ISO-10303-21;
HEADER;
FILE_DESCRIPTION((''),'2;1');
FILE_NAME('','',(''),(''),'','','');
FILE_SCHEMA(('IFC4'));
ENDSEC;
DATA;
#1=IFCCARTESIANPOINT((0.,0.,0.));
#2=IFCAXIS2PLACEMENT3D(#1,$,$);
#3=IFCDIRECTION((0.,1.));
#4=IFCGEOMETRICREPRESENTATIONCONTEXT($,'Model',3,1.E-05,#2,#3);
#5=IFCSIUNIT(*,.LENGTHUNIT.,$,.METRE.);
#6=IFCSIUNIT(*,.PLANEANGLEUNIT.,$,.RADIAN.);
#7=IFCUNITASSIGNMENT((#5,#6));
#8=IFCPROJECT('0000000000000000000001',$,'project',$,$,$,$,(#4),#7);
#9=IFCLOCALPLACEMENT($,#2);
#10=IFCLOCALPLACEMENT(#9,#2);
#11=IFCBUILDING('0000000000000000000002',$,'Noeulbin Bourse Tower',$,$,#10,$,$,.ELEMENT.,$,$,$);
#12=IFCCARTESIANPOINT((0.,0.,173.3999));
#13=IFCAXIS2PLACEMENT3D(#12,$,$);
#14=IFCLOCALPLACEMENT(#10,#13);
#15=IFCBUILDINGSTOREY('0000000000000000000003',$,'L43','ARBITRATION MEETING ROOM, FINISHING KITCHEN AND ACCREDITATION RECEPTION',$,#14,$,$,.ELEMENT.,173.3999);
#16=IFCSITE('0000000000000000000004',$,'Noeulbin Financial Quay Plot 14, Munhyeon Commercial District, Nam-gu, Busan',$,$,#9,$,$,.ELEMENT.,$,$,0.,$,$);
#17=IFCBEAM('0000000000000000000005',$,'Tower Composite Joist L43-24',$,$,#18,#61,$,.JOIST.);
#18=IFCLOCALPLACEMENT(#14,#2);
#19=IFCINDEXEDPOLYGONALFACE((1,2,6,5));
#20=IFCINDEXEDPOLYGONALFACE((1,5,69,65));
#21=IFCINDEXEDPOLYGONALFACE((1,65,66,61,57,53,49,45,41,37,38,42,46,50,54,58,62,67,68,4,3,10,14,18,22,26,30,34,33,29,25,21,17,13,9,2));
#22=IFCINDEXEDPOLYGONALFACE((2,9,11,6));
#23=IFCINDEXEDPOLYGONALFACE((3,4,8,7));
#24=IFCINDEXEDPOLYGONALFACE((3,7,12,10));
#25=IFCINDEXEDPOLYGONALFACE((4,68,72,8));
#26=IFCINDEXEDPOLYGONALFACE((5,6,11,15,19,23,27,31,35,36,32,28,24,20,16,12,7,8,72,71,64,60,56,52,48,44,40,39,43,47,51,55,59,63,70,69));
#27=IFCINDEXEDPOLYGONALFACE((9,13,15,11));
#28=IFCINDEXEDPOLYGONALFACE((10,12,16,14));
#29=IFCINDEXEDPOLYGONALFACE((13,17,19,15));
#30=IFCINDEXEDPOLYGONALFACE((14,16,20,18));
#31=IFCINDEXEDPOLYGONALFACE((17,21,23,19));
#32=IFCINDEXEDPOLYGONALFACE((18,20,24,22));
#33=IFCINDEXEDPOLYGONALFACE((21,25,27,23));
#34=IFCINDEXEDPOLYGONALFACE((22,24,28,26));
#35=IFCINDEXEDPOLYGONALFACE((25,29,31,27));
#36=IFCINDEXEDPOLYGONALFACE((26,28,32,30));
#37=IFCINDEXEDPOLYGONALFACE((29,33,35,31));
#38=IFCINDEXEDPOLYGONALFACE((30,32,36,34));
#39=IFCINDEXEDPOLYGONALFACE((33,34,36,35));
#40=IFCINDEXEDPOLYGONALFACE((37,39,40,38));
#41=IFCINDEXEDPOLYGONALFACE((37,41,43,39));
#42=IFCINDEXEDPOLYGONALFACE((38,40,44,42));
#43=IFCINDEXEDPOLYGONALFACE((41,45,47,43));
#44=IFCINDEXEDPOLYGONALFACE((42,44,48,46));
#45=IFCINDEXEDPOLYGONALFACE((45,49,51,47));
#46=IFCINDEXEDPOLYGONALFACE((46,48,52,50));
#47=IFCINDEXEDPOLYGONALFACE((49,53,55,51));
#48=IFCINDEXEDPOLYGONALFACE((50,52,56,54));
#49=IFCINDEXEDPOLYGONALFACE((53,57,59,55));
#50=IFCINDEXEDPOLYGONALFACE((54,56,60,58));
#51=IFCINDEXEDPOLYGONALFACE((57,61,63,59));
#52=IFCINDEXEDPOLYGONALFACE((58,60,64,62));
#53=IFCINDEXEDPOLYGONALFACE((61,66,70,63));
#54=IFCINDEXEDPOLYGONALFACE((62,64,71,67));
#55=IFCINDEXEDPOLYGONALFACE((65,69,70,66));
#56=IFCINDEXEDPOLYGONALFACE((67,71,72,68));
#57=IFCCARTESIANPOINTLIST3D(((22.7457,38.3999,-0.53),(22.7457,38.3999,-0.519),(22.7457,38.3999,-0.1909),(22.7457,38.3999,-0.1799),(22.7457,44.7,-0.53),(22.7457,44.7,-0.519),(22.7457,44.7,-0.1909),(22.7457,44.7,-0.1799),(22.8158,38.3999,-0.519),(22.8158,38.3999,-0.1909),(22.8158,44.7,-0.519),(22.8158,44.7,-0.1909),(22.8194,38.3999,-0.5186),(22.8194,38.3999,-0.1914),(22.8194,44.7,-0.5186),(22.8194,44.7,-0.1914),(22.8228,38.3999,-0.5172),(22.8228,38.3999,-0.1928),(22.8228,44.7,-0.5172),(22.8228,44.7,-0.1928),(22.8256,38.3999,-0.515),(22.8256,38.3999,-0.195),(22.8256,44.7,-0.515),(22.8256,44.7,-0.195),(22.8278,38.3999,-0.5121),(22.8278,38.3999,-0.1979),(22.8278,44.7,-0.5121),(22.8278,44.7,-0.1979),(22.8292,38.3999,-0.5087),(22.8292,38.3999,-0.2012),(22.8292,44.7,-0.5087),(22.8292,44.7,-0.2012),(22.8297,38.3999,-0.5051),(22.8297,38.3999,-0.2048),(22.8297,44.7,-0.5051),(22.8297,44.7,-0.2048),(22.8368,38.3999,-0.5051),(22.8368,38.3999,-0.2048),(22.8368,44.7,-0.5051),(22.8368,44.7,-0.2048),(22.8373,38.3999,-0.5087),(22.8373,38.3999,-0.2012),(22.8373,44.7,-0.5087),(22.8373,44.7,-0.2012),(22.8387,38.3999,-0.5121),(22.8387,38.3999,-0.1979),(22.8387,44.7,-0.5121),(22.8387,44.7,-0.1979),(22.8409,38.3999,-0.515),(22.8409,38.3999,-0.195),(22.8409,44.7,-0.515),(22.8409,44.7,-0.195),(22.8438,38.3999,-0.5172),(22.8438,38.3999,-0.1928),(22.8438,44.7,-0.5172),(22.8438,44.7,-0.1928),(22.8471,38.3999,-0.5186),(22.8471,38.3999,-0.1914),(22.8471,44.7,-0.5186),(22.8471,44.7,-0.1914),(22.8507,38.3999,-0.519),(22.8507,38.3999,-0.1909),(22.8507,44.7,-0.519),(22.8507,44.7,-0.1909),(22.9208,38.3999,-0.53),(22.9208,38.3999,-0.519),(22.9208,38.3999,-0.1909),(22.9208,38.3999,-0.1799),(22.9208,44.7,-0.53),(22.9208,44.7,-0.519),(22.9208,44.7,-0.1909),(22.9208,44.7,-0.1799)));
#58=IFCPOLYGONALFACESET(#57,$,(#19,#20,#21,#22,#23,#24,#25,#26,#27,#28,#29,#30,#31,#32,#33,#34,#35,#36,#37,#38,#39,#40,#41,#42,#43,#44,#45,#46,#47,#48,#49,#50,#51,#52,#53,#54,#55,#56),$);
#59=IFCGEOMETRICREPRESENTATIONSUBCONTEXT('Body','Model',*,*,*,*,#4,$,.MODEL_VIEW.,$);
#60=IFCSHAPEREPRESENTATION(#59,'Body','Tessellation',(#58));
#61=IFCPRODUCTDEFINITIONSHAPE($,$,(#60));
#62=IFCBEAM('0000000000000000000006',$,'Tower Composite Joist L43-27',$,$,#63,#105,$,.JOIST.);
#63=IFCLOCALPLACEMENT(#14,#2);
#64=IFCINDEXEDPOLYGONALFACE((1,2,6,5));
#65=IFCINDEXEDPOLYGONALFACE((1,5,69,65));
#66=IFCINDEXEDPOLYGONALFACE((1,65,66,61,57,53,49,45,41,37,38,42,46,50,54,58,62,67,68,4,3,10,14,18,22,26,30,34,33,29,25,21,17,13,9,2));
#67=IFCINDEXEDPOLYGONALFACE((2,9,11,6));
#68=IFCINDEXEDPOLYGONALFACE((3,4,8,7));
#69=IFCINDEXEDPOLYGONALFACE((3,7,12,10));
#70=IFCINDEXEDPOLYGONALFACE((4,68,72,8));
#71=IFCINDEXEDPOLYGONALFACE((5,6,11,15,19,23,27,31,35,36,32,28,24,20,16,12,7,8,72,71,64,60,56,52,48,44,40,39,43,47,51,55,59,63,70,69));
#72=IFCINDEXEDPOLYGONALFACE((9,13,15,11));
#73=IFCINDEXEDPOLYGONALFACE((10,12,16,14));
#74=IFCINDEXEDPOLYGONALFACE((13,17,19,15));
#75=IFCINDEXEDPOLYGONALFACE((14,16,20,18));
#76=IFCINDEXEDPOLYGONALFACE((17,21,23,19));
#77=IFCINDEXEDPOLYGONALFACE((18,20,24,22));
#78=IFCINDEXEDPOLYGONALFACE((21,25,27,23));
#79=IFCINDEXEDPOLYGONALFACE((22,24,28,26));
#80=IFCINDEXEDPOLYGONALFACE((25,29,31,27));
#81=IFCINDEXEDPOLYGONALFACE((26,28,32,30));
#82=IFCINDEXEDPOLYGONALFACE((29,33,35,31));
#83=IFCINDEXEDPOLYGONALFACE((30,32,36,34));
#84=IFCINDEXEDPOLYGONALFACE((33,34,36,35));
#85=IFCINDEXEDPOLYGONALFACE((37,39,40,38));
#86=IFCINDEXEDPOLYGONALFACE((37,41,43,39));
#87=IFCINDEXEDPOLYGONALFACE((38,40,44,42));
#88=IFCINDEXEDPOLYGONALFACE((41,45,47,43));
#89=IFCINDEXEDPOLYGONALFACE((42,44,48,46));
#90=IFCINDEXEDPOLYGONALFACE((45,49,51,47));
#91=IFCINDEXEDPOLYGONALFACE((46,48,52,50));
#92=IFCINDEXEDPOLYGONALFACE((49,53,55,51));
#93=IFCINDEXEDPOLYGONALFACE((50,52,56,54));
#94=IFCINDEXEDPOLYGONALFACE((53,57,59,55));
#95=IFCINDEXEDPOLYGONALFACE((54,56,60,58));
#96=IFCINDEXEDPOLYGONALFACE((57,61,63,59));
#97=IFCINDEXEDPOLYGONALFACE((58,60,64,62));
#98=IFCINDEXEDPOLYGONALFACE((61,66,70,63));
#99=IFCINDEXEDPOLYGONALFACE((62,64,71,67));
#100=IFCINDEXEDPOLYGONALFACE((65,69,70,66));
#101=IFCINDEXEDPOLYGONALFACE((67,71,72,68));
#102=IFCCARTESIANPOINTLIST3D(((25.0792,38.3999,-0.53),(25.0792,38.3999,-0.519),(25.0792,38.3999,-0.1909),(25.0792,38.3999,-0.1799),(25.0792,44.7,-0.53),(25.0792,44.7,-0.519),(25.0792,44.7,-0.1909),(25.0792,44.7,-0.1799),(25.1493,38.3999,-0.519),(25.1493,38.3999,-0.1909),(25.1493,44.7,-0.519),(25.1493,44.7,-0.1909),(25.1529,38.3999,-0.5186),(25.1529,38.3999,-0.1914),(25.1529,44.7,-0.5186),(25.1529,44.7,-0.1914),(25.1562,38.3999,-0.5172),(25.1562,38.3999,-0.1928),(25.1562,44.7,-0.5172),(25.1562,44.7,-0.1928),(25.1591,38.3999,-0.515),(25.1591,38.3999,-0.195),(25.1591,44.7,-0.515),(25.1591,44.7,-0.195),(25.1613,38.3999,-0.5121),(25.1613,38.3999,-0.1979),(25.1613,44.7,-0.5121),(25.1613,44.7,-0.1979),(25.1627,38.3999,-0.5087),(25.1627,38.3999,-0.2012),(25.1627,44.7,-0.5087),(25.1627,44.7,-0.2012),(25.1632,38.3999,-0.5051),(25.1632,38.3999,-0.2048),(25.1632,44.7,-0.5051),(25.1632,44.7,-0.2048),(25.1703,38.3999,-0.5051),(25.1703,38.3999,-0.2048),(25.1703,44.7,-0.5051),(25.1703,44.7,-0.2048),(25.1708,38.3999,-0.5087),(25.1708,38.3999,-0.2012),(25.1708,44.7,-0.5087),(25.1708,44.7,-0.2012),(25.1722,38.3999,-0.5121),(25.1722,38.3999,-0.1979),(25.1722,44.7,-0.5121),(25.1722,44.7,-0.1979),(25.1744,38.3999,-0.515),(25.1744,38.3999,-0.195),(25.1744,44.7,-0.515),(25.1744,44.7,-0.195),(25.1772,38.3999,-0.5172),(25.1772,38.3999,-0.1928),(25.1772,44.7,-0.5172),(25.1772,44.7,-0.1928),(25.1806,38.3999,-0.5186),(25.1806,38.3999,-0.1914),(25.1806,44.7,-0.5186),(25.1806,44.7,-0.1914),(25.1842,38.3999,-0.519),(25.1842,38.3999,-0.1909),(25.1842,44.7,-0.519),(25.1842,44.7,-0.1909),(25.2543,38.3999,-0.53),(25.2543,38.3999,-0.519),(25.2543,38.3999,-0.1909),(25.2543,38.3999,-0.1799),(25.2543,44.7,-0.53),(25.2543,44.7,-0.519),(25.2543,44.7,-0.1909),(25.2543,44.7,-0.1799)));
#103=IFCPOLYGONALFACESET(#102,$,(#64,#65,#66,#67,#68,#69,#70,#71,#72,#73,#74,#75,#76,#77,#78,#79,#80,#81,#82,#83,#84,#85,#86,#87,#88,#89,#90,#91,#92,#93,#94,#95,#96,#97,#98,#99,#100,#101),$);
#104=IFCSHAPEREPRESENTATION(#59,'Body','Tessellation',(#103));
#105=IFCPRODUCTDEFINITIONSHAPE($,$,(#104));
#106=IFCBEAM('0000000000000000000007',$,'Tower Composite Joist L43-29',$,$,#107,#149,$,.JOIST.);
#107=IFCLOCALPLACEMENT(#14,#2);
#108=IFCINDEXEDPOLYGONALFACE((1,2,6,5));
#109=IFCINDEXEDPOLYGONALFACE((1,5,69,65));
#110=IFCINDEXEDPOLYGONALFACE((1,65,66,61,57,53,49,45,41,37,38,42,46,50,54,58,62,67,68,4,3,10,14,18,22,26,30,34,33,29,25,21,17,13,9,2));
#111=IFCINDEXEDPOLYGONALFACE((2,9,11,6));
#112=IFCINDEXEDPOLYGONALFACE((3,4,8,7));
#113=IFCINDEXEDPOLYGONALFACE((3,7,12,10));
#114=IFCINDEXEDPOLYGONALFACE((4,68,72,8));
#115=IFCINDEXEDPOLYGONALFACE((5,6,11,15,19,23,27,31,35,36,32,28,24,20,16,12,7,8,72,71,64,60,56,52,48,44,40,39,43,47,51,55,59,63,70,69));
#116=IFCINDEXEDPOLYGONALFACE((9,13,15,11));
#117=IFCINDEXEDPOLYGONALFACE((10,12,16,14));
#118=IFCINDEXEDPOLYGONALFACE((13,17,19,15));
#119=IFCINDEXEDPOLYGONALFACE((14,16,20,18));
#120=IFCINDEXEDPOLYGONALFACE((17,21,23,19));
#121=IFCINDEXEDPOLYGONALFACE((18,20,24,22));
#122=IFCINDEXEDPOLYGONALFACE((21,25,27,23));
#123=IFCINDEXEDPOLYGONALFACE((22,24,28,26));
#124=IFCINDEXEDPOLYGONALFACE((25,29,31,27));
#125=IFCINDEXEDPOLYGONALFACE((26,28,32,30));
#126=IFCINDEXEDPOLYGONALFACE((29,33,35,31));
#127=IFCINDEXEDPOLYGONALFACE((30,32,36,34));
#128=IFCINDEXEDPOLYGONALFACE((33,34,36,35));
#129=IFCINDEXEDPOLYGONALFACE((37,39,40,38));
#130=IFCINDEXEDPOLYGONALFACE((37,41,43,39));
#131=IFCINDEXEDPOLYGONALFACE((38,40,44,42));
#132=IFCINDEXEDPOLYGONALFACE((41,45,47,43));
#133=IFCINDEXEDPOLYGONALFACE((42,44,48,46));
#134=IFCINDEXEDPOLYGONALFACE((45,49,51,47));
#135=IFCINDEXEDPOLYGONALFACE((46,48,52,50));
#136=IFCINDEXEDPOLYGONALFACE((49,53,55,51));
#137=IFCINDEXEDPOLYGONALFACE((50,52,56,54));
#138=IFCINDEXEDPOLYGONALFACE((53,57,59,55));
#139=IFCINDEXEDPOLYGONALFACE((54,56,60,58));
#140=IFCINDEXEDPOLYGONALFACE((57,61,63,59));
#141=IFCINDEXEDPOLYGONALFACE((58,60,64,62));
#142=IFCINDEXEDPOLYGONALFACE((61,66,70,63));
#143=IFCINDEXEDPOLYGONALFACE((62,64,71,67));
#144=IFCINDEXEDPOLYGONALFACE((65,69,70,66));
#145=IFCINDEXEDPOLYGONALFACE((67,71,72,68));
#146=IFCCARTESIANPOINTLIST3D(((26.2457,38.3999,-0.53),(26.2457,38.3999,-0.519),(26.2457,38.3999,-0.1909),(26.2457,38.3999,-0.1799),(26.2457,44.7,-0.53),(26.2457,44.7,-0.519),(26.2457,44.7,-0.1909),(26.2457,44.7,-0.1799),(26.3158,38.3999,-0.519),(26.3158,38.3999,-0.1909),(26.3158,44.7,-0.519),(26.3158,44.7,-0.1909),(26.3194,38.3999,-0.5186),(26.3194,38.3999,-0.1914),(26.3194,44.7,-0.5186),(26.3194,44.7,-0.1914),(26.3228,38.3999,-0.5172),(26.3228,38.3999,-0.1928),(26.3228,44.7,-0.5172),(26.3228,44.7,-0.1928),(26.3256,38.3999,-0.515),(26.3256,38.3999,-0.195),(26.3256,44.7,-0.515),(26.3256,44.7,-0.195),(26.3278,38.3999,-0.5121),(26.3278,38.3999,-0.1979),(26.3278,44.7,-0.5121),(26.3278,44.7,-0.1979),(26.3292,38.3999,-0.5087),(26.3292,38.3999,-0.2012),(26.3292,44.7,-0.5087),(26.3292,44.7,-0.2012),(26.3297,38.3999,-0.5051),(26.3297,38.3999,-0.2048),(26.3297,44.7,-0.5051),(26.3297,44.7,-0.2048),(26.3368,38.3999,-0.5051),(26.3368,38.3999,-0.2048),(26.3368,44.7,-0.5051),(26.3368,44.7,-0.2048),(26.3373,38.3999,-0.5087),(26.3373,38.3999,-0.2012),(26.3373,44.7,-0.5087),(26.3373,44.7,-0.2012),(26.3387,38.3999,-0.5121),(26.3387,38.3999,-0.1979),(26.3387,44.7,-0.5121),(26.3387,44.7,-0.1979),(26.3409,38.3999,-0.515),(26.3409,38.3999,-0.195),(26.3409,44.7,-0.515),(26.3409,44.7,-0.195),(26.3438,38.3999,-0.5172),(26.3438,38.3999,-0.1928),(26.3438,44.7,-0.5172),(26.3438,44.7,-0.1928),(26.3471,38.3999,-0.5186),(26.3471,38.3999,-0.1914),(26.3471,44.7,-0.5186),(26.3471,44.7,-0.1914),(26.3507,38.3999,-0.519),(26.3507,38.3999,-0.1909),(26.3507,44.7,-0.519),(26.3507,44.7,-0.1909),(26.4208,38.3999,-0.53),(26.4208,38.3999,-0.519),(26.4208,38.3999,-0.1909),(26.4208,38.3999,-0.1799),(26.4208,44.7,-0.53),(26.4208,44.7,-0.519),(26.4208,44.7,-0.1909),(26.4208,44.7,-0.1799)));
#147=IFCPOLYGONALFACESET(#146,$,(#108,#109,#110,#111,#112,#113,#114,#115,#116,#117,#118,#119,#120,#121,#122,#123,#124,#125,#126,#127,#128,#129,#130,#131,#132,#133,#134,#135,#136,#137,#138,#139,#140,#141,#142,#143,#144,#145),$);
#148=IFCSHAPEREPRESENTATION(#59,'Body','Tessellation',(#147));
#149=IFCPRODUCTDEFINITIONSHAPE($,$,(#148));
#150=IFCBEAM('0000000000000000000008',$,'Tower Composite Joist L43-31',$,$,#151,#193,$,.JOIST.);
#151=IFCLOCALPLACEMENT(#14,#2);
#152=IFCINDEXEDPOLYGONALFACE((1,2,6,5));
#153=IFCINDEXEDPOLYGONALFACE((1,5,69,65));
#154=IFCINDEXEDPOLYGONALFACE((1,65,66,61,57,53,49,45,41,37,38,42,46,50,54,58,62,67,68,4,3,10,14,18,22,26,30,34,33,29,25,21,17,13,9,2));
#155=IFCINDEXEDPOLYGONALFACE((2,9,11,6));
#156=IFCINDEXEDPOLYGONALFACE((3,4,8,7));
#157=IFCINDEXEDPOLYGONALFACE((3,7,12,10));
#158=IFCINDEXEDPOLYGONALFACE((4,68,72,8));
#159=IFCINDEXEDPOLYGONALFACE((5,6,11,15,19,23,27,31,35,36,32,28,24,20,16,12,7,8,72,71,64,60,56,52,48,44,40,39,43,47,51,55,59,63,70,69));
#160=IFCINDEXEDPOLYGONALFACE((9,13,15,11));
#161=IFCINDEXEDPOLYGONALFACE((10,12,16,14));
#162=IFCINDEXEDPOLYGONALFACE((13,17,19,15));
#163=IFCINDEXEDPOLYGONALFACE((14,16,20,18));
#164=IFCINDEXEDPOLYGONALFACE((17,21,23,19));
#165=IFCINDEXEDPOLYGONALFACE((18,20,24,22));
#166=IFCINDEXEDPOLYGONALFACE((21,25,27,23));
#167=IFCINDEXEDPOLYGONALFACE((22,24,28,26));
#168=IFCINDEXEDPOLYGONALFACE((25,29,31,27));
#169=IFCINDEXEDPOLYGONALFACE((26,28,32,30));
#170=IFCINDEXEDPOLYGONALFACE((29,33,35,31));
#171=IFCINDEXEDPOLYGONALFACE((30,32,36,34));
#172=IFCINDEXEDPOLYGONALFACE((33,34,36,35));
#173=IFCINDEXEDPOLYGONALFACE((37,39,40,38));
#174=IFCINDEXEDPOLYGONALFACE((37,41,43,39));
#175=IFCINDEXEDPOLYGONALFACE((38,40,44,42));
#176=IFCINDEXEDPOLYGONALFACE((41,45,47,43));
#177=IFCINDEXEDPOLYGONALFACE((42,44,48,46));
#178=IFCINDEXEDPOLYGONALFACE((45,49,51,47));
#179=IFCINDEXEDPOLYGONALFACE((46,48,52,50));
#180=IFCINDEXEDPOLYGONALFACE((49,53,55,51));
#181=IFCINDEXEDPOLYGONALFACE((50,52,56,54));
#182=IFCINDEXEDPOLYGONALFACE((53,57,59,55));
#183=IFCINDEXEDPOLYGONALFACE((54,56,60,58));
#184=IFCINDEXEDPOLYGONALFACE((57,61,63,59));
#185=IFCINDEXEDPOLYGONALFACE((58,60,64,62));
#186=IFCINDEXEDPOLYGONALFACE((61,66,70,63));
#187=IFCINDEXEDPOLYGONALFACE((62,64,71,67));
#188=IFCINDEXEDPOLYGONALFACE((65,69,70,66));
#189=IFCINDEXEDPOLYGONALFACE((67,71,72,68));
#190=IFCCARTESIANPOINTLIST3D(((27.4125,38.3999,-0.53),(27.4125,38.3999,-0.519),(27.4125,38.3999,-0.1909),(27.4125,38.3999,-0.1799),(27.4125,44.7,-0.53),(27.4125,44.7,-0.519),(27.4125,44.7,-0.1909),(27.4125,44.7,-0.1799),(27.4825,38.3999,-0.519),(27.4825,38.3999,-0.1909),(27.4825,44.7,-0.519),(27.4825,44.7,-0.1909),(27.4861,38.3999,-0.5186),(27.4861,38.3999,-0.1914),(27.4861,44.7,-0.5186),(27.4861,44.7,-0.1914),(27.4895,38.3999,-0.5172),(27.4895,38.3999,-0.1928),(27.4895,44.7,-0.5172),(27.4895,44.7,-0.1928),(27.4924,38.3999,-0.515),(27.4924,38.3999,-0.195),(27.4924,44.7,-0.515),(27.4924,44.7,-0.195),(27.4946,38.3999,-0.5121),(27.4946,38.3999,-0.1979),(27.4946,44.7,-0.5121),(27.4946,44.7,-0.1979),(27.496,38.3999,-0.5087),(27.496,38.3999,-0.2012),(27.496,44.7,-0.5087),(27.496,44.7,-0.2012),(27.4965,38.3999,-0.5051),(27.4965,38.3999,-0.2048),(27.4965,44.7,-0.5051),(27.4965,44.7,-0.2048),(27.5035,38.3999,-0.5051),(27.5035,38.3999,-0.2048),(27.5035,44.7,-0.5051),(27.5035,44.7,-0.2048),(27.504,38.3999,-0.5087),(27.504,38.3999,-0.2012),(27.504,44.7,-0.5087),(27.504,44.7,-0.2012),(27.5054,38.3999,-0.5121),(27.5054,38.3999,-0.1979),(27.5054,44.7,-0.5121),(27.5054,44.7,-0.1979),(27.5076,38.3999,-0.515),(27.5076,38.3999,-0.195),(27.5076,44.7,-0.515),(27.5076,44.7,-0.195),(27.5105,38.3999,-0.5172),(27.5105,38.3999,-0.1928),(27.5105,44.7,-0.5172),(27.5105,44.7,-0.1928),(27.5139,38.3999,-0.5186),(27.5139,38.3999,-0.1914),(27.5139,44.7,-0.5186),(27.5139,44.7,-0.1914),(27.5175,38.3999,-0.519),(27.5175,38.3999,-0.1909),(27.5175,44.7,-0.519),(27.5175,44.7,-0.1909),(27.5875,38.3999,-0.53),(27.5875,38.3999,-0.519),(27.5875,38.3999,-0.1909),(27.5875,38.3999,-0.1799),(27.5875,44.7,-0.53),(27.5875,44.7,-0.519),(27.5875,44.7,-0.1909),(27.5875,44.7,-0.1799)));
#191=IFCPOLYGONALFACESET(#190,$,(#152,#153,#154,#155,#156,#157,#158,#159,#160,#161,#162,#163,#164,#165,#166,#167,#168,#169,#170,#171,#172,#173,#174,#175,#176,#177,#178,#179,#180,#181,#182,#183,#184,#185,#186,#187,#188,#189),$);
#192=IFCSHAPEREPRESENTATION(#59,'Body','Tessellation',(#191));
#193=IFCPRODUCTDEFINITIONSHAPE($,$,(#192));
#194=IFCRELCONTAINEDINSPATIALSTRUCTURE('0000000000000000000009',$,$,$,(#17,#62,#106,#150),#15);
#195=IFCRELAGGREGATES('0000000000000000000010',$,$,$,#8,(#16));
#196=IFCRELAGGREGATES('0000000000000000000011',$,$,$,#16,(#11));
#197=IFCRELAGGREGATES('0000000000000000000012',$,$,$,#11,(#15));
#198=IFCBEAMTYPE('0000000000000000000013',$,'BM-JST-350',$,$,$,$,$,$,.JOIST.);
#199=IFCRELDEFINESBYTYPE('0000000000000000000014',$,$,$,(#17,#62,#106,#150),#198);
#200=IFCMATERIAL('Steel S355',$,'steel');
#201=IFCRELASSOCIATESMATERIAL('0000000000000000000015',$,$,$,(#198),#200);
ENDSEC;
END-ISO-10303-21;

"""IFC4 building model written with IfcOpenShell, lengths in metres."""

from ifc_helpers import new_model, si_unit, direction, frame, origin, origin_2d, place, context, subcontext, project, spatial, i_section, extrude, material, material_profile, profile_set, type_object, element, save


model = new_model("IFC4")

# Units and contexts
model_context = context("Model", 3, precision=1e-05, world=origin(), true_north=direction((0.0, 1.0)))
body_context = subcontext(model_context, "Body", "Model", "MODEL_VIEW")
ifc_project = project(units=[si_unit("LENGTHUNIT", "METRE"), si_unit("PLANEANGLEUNIT", "RADIAN")], contexts=[model_context])

# Site, building, storey
site_placement = place(None, origin())
site = spatial("IfcSite", under=ifc_project, at=site_placement, Name="Noeulbin Financial Quay Plot 14, Munhyeon Commercial District, Nam-gu, Busan", CompositionType="ELEMENT", RefElevation=0.0)
building_placement = place(site_placement, origin())
building = spatial("IfcBuilding", under=site, at=building_placement, Name="Noeulbin Bourse Tower", CompositionType="ELEMENT")
storey_placement = place(building_placement, frame((0.0, 0.0, 173.3999)))
storey = spatial("IfcBuildingStorey", under=building, at=storey_placement, Name="L43", Description="ARBITRATION MEETING ROOM, FINISHING KITCHEN AND ACCREDITATION RECEPTION", CompositionType="ELEMENT", Elevation=173.3999)

# Shared definitions
ifc_material_1 = material(Name="Steel S355", Category="steel")

# Beams
ifc_material_profile_1 = material_profile(ifc_material_1, i_section(OverallWidth=0.175, OverallDepth=0.3501, WebThickness=0.0071, FlangeThickness=0.011, FilletRadius=0.0139, at=origin_2d()), Name="H-350x175x7x11", Category="LoadBearing")
ifc_profile_set_1 = profile_set([ifc_material_profile_1], Name="Steel S355")
beam_type_1 = type_object("IfcBeamType", Name="BM-JST-350", PredefinedType="JOIST", material=ifc_profile_set_1)
for number, where, z_axis, x_axis, name in (
    (1, (22.8333, 38.3999, -0.355), (0.0, 1.0, 0.0), (-1.0, 0.0, 0.0), "Tower Composite Joist L43-24"),
    (2, (25.1667, 38.3999, -0.355), (0.0, 1.0, 0.0), (-1.0, 0.0, 0.0), "Tower Composite Joist L43-27"),
    (3, (26.3333, 38.3999, -0.355), (0.0, 1.0, 0.0), (-1.0, 0.0, 0.0), "Tower Composite Joist L43-29"),
    (4, (27.5, 38.3999, -0.355), (0.0, 1.0, 0.0), (-1.0, 0.0, 0.0), "Tower Composite Joist L43-31"),
):
    element("IfcBeam", number, at=place(storey_placement, frame(where, z_axis=z_axis, x_axis=x_axis)), inside=storey, type_object=beam_type_1, Name=name, PredefinedType="JOIST", context=body_context, shape_type="SweptSolid", body=[
        extrude(i_section(OverallWidth=0.175, OverallDepth=0.3501, WebThickness=0.0071, FlangeThickness=0.011, FilletRadius=0.0139, at=origin_2d()), origin(), (0.0, 0.0, 1.0), 6.3),
    ])

save(model, "model.ifc")
